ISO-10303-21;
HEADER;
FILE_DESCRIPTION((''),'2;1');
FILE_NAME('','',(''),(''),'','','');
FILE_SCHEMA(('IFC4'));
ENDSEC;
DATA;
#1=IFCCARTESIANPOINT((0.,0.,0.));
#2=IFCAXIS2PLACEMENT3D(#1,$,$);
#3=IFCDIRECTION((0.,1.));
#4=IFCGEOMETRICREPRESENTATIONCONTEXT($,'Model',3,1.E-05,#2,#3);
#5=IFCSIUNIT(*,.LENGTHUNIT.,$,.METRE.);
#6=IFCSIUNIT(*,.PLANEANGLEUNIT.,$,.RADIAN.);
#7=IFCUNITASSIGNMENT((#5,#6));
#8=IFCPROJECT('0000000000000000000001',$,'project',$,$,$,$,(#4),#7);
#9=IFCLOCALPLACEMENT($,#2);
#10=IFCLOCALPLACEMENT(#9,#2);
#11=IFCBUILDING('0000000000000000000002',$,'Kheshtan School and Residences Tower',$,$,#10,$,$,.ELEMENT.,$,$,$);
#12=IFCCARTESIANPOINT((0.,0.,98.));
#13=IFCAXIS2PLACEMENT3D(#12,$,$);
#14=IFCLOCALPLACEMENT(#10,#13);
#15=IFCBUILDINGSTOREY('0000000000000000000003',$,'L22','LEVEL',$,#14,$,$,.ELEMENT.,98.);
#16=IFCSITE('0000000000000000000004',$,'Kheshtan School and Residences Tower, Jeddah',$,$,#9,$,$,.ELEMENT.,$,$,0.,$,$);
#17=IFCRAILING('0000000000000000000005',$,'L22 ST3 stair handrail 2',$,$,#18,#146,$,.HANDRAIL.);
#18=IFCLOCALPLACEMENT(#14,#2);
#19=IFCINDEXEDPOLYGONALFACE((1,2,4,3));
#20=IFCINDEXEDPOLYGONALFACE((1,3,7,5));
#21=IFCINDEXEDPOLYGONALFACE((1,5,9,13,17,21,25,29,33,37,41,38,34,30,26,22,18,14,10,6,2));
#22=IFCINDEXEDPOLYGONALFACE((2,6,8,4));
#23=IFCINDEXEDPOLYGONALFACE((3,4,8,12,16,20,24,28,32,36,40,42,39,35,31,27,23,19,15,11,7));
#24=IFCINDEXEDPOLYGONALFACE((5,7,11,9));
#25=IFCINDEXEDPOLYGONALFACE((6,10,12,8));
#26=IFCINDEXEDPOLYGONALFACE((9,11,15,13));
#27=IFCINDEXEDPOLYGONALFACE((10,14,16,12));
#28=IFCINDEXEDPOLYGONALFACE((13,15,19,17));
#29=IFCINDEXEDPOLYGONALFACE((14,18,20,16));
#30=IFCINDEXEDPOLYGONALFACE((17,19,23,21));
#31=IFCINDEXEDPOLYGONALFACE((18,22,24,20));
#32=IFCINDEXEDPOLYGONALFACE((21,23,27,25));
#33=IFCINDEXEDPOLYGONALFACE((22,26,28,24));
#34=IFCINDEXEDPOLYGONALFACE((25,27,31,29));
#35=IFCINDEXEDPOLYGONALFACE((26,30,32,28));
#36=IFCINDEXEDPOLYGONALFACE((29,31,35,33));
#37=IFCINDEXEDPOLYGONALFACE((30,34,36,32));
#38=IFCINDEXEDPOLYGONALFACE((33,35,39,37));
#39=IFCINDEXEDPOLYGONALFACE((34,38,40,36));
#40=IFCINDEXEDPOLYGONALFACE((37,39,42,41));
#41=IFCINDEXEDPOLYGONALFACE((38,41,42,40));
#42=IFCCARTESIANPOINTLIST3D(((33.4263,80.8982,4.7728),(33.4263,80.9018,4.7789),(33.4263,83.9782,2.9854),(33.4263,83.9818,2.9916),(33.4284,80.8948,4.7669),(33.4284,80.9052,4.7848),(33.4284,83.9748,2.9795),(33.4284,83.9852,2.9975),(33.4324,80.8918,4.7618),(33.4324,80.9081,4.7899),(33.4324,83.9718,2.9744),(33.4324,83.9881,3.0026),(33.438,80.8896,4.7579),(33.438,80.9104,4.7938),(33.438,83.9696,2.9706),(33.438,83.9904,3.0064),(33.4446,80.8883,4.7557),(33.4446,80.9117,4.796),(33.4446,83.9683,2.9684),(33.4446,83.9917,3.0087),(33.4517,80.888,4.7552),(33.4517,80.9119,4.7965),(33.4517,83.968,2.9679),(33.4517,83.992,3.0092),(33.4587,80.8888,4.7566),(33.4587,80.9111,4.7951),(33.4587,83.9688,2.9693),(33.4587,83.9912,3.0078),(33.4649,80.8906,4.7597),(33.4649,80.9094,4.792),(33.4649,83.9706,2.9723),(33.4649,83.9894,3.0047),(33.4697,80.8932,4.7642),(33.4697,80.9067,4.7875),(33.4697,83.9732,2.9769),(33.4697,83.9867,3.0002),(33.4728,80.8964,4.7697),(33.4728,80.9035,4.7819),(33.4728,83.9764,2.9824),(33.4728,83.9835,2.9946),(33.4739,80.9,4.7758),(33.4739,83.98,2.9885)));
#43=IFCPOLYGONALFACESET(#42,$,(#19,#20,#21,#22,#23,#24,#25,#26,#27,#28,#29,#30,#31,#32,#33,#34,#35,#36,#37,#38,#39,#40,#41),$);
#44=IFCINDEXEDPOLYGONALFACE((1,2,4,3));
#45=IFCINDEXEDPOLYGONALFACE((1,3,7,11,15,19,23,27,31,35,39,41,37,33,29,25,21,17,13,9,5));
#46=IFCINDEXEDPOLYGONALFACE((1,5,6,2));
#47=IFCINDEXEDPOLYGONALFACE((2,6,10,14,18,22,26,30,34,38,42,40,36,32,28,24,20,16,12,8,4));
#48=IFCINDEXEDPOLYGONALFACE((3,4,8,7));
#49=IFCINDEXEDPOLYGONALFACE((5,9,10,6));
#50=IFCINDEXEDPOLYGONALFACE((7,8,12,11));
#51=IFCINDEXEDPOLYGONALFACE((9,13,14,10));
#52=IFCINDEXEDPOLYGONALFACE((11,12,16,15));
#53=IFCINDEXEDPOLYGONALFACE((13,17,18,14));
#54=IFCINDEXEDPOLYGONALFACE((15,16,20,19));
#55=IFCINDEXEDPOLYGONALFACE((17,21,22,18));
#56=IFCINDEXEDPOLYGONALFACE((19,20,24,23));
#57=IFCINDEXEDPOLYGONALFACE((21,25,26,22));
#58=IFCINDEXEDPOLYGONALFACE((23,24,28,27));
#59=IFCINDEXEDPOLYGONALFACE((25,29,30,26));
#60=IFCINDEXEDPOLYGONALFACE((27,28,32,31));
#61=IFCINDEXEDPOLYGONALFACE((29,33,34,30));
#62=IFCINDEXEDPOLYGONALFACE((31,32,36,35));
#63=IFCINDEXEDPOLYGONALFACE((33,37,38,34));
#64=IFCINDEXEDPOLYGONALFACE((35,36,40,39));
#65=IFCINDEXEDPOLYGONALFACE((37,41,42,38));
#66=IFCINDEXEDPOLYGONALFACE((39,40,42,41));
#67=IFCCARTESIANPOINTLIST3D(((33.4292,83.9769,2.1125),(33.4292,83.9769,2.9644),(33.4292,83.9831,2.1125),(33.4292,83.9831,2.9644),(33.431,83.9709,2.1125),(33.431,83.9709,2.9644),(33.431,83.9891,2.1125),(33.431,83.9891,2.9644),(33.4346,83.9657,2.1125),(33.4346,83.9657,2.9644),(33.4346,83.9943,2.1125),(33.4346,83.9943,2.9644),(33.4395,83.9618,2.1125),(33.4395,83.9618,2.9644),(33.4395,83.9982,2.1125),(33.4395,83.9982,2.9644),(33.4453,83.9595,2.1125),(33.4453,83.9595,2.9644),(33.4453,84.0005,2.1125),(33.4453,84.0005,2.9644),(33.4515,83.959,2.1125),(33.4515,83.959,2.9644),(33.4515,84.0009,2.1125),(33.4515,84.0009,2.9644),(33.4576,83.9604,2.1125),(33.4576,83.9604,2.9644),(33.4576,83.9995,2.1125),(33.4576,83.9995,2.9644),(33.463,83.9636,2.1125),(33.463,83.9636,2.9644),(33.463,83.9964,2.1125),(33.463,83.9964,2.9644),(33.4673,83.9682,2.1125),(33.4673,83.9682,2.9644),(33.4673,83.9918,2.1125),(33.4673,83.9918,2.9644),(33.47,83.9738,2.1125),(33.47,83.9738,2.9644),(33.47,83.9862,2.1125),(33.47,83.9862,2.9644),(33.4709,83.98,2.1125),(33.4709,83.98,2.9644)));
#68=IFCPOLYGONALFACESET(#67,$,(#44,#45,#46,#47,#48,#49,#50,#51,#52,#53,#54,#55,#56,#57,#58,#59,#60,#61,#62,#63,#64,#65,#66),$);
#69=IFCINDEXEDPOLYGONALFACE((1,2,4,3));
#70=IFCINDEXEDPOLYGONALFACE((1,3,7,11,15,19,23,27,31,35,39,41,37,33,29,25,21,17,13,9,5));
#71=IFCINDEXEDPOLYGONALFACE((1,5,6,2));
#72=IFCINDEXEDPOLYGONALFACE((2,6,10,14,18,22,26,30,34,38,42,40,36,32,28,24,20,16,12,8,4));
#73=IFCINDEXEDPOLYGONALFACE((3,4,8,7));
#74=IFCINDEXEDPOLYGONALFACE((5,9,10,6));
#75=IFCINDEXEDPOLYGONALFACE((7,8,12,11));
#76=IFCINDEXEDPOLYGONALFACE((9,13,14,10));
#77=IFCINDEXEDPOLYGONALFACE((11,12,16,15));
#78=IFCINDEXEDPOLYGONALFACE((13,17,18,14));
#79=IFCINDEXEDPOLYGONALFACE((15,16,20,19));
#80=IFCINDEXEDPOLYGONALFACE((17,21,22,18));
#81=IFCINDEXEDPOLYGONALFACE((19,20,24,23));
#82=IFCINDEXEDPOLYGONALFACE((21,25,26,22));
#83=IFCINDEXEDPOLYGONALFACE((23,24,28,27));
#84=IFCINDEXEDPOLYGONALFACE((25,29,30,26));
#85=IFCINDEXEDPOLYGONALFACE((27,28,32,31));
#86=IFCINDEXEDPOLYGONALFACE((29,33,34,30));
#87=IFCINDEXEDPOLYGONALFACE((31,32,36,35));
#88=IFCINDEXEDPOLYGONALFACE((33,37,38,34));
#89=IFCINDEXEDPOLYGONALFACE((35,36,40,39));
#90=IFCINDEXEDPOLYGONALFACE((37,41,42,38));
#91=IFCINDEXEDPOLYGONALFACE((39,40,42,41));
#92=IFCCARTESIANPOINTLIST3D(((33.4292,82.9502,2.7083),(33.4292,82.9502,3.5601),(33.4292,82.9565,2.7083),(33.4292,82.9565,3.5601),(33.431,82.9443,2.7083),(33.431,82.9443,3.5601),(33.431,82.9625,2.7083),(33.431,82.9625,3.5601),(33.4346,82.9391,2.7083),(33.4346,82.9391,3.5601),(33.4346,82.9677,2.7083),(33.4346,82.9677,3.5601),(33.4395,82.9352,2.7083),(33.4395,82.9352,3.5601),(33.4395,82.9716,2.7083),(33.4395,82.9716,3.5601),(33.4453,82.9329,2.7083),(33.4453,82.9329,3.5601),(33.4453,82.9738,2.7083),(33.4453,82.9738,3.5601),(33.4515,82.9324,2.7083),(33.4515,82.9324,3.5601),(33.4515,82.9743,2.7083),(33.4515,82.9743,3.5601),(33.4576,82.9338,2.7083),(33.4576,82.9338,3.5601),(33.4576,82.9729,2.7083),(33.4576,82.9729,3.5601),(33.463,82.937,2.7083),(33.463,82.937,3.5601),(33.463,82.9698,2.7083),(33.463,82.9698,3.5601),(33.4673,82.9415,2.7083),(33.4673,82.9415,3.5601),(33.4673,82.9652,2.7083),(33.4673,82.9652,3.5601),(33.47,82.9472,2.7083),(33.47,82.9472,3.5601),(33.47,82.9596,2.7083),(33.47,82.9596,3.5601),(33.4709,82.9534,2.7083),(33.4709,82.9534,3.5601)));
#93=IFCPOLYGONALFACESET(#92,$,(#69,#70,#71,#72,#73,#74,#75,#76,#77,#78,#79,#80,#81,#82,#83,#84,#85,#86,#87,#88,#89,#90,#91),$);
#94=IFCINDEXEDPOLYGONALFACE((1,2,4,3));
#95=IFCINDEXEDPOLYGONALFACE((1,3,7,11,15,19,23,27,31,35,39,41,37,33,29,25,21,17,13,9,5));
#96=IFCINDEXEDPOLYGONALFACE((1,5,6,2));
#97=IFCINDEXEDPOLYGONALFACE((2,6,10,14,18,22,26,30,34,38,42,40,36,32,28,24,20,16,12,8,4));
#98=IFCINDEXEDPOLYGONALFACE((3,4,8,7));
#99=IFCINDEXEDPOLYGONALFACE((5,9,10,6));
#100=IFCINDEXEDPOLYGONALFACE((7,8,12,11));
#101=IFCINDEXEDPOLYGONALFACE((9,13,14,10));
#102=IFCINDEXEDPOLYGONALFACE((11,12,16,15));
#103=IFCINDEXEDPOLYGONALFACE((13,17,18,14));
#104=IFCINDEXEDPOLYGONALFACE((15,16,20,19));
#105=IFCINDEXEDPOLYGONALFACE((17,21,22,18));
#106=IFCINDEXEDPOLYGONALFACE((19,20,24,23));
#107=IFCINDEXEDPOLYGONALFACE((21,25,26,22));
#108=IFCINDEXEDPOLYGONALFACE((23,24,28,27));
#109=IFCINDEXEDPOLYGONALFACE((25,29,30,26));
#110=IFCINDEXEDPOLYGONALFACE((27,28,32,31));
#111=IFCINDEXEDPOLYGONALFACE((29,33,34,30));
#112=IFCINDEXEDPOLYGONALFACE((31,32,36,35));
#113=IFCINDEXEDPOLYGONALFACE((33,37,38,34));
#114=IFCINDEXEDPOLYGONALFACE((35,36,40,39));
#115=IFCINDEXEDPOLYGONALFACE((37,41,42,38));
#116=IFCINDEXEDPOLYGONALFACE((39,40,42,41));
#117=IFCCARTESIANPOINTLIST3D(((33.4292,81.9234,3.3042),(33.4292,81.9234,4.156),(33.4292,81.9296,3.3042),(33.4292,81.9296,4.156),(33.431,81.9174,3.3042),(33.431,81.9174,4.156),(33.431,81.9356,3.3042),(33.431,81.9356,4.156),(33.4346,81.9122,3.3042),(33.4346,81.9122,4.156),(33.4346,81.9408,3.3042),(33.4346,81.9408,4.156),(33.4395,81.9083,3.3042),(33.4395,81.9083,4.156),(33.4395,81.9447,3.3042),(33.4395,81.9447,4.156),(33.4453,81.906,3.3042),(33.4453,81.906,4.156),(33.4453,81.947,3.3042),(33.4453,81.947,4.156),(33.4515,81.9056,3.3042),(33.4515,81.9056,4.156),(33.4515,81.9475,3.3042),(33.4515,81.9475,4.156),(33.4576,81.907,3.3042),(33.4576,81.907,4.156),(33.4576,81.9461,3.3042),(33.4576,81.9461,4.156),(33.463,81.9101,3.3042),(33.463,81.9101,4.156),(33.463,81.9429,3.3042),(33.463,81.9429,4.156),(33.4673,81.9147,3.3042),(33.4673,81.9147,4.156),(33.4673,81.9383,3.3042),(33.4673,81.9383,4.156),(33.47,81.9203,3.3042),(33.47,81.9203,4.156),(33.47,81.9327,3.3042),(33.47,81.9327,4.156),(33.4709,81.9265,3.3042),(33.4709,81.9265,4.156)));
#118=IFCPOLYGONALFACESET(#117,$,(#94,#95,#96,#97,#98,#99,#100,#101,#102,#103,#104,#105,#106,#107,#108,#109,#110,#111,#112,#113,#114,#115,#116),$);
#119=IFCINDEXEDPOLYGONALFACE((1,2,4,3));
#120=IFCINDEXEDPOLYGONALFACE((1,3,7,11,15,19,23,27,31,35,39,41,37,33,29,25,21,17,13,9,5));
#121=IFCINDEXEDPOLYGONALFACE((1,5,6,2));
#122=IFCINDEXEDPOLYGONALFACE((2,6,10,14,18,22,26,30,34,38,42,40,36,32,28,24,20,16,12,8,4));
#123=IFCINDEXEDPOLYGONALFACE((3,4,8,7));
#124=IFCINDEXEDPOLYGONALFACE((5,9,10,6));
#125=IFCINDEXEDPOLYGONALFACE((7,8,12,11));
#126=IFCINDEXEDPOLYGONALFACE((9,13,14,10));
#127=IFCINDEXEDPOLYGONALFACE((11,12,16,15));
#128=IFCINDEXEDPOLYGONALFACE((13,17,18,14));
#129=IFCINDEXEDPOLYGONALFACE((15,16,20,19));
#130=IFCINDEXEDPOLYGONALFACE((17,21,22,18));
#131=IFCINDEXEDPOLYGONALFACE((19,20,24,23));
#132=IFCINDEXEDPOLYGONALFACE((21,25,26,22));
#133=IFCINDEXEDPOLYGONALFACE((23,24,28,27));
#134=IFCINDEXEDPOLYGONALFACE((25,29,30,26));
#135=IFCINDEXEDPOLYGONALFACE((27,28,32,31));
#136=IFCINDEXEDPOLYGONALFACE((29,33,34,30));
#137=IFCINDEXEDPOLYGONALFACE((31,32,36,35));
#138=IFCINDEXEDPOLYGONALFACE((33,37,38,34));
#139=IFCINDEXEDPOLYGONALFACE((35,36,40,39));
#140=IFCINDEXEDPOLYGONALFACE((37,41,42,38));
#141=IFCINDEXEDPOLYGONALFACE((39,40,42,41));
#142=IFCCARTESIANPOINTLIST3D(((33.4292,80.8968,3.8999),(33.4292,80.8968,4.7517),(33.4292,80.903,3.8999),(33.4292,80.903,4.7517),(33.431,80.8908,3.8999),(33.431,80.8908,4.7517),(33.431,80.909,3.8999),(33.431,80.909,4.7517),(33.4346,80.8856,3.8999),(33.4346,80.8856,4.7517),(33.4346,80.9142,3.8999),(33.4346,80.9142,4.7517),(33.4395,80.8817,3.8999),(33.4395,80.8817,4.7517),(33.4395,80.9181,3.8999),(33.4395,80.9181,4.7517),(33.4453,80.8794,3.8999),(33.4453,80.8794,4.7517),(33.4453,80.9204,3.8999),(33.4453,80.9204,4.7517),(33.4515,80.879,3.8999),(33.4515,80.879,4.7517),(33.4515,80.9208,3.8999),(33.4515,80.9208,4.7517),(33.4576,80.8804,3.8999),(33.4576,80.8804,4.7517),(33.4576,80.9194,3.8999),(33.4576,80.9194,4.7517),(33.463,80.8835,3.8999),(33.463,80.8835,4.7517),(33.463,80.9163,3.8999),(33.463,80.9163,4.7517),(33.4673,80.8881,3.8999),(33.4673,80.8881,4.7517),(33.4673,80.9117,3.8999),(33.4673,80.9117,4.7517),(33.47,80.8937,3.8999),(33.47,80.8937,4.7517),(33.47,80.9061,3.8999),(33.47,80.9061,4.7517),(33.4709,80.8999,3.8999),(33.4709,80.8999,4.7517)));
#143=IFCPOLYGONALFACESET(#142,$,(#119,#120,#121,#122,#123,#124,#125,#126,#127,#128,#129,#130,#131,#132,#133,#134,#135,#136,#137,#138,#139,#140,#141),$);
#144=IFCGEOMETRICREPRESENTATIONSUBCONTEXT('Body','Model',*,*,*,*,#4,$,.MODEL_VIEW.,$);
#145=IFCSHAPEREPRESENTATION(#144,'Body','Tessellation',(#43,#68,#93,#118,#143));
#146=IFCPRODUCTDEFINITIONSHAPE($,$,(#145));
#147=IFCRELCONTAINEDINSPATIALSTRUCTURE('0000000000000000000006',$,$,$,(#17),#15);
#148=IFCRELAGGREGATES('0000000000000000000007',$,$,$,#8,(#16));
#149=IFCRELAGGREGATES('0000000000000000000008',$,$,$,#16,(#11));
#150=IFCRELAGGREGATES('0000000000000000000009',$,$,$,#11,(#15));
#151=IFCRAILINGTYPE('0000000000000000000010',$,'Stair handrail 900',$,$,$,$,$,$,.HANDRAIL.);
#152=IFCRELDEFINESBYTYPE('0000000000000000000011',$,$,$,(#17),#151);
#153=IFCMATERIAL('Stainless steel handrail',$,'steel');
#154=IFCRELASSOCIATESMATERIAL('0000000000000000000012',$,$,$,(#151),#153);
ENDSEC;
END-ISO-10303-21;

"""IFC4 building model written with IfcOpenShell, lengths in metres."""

from ifc_helpers import new_model, si_unit, direction, frame, origin, origin_2d, place, context, subcontext, project, spatial, circle, extrude, material, type_object, element, save


model = new_model("IFC4")

# Units and contexts
model_context = context("Model", 3, precision=1e-05, world=origin(), true_north=direction((0.0, 1.0)))
body_context = subcontext(model_context, "Body", "Model", "MODEL_VIEW")
ifc_project = project(units=[si_unit("LENGTHUNIT", "METRE"), si_unit("PLANEANGLEUNIT", "RADIAN")], contexts=[model_context])

# Site, building, storey
site_placement = place(None, origin())
site = spatial("IfcSite", under=ifc_project, at=site_placement, Name="Kheshtan School and Residences Tower, Jeddah", CompositionType="ELEMENT", RefElevation=0.0)
building_placement = place(site_placement, origin())
building = spatial("IfcBuilding", under=site, at=building_placement, Name="Kheshtan School and Residences Tower", CompositionType="ELEMENT")
storey_placement = place(building_placement, frame((0.0, 0.0, 98.0)))
storey = spatial("IfcBuildingStorey", under=building, at=storey_placement, Name="L22", Description="LEVEL", CompositionType="ELEMENT", Elevation=98.0)

# Railing
ifc_material_1 = material(Name="Stainless steel handrail", Category="steel")
railing_type_1 = type_object("IfcRailingType", Name="Stair handrail 900", PredefinedType="HANDRAIL", material=ifc_material_1)
railing_1_placement = place(storey_placement, frame((33.45, 83.98, 2.1125)))
element("IfcRailing", 1, at=railing_1_placement, inside=storey, type_object=railing_type_1, Name="L22 ST3 stair handrail 2", PredefinedType="HANDRAIL", context=body_context, shape_type="SweptSolid", body=[
    extrude(circle(Radius=0.0239, at=origin_2d()), frame((0.0, 0.0, 0.876), z_axis=(0.0, -0.86492, 0.501909), x_axis=(1.0, 0.0, 0.0)), (0.0, 0.0, 1.0), 3.561),
    extrude(circle(Radius=0.021, at=origin_2d()), origin(), (0.0, 0.0, 1.0), 0.8518),
    extrude(circle(Radius=0.021, at=origin_2d()), frame((0.0, -1.0266, 0.5957)), (0.0, 0.0, 1.0), 0.8518),
    extrude(circle(Radius=0.021, at=origin_2d()), frame((0.0, -2.0535, 1.1917)), (0.0, 0.0, 1.0), 0.8518),
    extrude(circle(Radius=0.021, at=origin_2d()), frame((0.0, -3.0801, 1.7874)), (0.0, 0.0, 1.0), 0.8518),
])

save(model, "model.ifc")
